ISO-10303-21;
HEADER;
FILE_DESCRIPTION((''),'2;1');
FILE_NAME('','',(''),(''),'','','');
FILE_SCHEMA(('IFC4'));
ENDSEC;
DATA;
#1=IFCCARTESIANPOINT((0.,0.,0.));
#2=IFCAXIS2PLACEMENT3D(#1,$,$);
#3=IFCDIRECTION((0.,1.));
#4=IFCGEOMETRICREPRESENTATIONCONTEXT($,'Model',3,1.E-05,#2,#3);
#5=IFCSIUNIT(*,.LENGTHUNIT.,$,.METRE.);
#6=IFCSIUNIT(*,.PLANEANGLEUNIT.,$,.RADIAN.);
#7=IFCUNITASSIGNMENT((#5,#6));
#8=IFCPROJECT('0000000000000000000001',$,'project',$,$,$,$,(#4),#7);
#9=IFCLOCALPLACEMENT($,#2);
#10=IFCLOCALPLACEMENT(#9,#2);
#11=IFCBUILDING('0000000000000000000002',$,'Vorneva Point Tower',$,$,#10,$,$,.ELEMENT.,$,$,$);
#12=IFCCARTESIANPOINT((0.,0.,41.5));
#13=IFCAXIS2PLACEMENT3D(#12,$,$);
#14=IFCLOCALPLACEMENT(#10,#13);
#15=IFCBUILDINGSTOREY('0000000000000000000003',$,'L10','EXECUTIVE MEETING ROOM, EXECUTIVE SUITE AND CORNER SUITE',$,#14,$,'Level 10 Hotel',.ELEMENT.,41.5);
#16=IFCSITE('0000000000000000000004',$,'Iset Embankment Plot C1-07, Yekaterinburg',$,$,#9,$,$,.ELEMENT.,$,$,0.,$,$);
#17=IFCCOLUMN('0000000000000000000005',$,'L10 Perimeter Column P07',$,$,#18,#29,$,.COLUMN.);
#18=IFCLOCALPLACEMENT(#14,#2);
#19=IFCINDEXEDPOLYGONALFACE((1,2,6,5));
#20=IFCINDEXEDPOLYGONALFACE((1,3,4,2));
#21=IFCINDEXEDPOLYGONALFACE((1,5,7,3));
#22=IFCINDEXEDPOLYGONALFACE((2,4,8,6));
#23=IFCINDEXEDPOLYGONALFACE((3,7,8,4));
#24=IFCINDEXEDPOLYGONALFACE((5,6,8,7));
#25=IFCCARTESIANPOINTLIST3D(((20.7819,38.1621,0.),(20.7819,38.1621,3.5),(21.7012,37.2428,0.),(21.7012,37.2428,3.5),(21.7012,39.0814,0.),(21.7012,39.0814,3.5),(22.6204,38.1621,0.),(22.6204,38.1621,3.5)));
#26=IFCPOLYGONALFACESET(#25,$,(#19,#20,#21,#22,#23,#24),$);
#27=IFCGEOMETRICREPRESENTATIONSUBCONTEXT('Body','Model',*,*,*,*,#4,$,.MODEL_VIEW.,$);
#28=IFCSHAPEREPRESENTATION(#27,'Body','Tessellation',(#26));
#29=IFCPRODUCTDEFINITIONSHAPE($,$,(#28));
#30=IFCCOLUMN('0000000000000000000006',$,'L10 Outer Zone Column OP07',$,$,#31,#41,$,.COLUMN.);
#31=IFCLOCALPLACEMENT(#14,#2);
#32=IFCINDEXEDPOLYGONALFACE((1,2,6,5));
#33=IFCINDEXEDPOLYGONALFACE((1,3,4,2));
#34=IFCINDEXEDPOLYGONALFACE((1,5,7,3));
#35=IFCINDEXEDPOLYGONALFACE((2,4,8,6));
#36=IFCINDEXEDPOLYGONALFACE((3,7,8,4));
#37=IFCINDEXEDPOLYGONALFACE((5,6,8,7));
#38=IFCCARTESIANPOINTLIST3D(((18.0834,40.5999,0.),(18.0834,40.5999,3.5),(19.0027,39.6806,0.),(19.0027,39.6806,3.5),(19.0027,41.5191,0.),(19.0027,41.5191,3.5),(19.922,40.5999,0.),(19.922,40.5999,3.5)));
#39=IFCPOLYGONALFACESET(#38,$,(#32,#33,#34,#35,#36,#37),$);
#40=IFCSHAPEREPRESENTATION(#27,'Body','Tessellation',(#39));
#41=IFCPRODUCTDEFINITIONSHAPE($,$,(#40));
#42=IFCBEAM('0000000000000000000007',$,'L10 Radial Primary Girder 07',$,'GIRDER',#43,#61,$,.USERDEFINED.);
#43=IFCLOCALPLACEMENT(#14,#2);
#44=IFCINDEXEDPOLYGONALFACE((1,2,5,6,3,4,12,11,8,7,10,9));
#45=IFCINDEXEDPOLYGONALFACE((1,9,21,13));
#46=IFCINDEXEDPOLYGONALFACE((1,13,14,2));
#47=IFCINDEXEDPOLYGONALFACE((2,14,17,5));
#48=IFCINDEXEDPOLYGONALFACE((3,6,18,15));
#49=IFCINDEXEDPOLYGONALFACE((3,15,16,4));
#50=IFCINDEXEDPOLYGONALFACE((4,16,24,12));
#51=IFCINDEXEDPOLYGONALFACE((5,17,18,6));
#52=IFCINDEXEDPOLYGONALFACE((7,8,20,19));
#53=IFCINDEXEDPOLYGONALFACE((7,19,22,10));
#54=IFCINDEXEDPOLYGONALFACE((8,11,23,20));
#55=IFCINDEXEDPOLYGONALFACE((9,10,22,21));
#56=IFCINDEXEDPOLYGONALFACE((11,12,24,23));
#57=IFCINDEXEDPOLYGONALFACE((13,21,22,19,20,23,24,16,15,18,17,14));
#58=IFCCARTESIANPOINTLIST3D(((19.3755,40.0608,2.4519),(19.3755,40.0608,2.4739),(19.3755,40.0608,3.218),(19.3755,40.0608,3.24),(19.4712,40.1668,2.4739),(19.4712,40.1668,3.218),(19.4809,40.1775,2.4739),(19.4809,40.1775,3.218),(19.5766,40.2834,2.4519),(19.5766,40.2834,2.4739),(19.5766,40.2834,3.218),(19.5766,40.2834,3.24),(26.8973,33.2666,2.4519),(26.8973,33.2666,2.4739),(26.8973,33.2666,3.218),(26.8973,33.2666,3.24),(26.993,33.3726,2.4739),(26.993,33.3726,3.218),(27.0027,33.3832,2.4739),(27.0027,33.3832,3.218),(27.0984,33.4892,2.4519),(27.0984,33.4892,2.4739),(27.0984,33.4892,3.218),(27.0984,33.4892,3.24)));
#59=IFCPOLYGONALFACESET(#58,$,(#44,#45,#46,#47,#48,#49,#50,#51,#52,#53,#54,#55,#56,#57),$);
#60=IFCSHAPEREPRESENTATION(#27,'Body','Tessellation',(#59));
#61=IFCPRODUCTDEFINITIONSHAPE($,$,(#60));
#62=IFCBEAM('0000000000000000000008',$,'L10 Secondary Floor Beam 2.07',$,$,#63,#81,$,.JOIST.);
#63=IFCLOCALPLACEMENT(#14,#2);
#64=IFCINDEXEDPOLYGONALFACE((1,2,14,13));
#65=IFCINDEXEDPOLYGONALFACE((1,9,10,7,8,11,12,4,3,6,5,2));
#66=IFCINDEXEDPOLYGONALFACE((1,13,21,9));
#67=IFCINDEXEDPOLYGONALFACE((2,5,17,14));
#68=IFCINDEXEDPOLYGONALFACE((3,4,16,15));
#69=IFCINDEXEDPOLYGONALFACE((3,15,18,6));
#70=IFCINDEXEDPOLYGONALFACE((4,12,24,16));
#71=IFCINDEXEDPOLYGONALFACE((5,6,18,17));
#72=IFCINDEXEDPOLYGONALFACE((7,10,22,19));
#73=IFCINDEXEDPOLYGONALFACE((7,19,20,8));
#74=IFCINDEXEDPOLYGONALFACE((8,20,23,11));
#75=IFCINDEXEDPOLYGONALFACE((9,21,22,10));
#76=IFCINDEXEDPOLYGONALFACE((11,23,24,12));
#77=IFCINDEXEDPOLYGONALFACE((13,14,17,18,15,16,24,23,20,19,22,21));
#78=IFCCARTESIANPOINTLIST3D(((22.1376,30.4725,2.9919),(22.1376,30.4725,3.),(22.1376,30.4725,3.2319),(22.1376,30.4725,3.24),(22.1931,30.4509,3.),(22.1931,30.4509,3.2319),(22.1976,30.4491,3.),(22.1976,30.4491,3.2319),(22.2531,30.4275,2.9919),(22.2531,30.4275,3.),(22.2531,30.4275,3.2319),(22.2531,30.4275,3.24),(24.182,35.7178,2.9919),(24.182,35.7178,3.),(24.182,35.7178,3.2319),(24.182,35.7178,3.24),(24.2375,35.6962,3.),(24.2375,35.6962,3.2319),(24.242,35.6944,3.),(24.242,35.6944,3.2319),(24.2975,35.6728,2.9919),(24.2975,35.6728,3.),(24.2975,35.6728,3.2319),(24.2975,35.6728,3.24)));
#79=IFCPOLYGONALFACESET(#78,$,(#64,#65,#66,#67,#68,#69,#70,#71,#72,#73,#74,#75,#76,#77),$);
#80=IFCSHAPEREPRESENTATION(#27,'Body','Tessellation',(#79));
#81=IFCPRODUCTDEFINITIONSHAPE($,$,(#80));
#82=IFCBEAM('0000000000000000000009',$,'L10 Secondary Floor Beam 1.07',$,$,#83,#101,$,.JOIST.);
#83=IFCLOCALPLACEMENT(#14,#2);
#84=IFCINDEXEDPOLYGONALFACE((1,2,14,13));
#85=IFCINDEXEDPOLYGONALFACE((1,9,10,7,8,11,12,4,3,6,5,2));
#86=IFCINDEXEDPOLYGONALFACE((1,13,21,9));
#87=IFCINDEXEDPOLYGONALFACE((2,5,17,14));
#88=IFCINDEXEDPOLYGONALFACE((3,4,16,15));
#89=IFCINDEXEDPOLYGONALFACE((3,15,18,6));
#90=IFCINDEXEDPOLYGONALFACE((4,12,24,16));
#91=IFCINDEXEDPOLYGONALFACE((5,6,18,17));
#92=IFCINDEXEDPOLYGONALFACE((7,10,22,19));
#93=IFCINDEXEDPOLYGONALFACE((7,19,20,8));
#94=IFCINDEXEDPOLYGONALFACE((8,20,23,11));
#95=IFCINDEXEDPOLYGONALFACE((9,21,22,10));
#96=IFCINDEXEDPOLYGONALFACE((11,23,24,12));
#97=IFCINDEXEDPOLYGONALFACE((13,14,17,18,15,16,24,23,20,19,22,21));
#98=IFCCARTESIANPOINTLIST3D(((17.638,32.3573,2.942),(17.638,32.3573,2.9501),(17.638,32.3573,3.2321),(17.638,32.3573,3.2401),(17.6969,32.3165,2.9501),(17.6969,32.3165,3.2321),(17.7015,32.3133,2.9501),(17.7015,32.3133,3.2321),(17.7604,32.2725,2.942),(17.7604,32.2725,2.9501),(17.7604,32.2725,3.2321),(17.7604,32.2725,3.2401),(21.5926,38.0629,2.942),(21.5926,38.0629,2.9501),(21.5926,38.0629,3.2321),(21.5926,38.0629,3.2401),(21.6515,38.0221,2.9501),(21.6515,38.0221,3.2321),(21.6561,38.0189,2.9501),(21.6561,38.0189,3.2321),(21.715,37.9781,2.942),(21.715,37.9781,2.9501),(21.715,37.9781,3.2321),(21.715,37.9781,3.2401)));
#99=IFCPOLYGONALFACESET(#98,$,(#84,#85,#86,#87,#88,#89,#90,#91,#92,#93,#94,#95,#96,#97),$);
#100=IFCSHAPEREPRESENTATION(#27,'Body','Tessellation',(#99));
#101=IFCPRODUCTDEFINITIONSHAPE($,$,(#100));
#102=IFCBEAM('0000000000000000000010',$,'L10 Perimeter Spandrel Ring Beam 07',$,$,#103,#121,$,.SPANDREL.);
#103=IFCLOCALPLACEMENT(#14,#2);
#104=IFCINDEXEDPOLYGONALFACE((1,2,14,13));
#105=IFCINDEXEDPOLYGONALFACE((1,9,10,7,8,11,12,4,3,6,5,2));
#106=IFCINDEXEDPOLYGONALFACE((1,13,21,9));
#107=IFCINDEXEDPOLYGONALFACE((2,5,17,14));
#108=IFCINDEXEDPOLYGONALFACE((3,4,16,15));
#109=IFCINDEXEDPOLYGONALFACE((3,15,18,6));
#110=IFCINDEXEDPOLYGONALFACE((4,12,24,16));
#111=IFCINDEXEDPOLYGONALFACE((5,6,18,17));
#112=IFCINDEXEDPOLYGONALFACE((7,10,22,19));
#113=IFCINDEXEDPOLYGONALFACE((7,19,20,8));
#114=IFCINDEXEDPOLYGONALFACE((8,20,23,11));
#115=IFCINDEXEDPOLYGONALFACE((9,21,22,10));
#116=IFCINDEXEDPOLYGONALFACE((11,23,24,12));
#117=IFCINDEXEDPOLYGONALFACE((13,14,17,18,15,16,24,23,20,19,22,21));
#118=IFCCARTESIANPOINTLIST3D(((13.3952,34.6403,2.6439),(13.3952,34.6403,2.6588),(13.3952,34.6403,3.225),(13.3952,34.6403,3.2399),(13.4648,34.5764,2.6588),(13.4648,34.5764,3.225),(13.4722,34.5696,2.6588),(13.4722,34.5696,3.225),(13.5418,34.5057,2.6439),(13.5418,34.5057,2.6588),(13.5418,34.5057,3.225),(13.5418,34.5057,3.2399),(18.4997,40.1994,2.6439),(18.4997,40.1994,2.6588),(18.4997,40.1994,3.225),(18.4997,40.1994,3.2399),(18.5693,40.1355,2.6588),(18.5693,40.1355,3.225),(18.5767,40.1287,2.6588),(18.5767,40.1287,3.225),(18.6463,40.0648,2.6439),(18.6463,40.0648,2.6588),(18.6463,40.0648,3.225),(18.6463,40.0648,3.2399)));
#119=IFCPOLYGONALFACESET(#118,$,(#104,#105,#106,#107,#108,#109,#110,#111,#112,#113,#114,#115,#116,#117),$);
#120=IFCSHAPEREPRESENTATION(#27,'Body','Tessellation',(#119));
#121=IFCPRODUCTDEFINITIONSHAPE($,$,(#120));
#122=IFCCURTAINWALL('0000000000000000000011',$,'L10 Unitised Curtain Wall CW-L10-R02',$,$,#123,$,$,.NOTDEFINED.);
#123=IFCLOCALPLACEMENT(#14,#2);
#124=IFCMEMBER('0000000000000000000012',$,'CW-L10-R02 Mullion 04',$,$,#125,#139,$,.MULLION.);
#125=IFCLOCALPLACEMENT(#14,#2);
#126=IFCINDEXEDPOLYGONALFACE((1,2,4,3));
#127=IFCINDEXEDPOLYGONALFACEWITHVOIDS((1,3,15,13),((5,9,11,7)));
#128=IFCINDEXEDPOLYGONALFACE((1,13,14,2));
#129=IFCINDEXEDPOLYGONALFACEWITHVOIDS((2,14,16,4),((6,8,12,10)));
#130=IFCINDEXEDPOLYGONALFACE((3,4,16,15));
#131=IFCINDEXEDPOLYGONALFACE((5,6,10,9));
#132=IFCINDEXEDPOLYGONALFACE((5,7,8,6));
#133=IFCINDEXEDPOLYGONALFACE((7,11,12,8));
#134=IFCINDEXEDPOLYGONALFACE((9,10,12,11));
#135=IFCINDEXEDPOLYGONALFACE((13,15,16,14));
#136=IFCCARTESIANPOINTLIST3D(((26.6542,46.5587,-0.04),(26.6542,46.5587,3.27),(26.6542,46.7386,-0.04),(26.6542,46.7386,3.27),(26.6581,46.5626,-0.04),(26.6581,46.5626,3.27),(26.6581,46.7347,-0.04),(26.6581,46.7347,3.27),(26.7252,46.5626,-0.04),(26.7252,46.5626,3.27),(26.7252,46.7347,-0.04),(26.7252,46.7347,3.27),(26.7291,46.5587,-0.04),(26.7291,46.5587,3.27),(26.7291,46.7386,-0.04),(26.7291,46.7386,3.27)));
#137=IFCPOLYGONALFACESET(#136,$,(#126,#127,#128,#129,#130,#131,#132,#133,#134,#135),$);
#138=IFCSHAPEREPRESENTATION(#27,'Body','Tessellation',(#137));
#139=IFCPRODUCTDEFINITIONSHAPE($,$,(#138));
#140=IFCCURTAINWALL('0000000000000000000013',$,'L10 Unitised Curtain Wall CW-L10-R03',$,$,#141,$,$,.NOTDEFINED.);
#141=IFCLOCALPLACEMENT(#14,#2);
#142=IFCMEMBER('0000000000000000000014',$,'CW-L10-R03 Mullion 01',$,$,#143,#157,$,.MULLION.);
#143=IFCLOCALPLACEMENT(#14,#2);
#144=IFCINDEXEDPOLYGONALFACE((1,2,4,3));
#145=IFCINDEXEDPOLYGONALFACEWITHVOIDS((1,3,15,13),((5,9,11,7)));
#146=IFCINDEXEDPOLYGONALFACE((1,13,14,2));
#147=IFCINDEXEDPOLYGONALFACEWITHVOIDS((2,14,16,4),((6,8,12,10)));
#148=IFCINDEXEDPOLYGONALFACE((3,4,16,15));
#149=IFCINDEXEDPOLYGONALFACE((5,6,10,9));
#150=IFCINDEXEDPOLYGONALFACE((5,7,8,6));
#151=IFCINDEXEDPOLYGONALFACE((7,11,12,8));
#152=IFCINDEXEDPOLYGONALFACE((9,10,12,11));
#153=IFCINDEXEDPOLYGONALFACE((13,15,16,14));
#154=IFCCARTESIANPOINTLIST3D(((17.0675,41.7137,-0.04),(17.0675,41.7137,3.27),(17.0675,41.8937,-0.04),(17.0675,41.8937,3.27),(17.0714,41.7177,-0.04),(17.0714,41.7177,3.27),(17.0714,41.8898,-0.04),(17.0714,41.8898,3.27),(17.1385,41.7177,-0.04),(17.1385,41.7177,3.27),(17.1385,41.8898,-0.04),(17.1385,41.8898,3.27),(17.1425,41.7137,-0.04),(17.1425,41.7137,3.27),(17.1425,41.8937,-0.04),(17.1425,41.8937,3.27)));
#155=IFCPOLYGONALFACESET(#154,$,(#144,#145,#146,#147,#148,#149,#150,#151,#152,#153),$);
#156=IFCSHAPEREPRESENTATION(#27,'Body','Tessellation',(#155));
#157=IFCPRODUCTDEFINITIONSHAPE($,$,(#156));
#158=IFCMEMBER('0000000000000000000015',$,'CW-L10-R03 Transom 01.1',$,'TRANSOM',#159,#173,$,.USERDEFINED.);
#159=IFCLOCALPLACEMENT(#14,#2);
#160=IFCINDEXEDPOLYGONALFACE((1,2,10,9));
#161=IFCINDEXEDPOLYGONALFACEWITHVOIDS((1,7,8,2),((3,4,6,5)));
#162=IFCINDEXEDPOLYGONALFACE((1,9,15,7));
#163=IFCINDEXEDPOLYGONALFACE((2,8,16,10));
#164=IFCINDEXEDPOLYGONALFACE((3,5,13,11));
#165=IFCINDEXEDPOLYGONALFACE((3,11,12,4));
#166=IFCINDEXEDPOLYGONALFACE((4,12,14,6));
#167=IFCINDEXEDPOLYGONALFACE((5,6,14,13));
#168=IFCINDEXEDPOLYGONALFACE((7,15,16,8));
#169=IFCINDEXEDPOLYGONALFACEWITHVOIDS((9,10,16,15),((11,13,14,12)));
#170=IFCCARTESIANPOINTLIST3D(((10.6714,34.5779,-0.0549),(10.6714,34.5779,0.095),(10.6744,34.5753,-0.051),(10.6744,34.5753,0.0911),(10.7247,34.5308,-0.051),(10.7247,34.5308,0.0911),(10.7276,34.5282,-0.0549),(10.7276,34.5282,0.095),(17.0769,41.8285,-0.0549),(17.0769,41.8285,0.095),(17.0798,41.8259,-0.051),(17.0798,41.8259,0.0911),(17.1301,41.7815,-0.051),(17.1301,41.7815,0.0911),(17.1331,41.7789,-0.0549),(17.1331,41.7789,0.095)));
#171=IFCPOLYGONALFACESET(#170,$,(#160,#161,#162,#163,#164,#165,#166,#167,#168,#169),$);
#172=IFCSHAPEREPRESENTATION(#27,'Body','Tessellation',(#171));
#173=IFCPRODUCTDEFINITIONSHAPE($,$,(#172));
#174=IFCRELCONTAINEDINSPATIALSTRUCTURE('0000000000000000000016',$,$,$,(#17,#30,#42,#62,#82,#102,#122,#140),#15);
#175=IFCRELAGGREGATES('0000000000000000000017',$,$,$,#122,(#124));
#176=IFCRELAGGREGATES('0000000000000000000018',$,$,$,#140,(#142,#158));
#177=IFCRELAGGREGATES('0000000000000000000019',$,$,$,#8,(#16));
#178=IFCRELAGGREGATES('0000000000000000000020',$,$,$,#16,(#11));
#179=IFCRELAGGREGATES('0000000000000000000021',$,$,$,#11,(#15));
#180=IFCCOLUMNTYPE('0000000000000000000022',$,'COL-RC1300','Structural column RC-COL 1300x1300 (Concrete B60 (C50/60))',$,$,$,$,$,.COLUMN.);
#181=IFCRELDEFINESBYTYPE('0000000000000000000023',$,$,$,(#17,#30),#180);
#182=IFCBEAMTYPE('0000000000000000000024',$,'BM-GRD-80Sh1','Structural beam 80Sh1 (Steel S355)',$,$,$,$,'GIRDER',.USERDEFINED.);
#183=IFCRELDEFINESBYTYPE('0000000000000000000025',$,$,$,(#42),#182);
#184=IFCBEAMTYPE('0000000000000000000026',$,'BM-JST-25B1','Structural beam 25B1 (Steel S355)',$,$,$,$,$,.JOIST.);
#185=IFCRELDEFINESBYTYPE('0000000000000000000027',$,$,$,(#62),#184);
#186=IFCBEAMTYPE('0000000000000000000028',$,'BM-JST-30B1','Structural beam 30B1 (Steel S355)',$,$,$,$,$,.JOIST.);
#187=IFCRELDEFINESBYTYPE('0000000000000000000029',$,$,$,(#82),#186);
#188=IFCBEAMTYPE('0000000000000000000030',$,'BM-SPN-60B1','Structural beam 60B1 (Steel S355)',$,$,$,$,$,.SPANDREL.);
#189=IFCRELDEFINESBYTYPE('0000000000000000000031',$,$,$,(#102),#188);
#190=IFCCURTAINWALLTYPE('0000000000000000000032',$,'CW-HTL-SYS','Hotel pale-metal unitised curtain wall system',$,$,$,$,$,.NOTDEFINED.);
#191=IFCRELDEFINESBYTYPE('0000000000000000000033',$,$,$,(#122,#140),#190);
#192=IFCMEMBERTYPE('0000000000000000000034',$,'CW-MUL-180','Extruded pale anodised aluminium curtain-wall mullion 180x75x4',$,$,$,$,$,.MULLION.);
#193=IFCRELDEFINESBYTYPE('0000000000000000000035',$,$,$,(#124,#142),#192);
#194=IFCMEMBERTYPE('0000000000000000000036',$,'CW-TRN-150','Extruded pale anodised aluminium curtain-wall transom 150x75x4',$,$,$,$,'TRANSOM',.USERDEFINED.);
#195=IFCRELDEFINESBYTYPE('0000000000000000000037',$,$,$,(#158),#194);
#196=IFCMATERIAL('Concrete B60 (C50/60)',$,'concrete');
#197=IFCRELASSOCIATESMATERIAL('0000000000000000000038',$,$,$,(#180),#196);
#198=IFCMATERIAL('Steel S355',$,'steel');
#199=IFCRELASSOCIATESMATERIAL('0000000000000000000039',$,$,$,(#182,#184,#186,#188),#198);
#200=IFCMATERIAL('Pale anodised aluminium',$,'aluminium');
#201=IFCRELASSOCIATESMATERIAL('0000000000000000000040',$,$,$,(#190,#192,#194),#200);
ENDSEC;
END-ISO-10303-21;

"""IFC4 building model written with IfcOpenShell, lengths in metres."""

from ifc_helpers import new_model, si_unit, direction, frame, origin, origin_2d, place, context, subcontext, project, spatial, rectangle, hollow_rectangle, i_section, extrude, material, material_profile, profile_set, type_object, element, aggregate, save


model = new_model("IFC4")

# Units and contexts
model_context = context("Model", 3, precision=1e-05, world=origin(), true_north=direction((0.0, 1.0)))
body_context = subcontext(model_context, "Body", "Model", "MODEL_VIEW")
ifc_project = project(units=[si_unit("LENGTHUNIT", "METRE"), si_unit("PLANEANGLEUNIT", "RADIAN")], contexts=[model_context])

# Site, building, storey
site_placement = place(None, origin())
site = spatial("IfcSite", under=ifc_project, at=site_placement, Name="Iset Embankment Plot C1-07, Yekaterinburg", CompositionType="ELEMENT", RefElevation=0.0)
building_placement = place(site_placement, origin())
building = spatial("IfcBuilding", under=site, at=building_placement, Name="Vorneva Point Tower", CompositionType="ELEMENT")
storey_placement = place(building_placement, frame((0.0, 0.0, 41.5)))
storey = spatial("IfcBuildingStorey", under=building, at=storey_placement, Name="L10", Description="EXECUTIVE MEETING ROOM, EXECUTIVE SUITE AND CORNER SUITE", LongName="Level 10 Hotel", CompositionType="ELEMENT", Elevation=41.5)

# Columns
ifc_material_1 = material(Name="Concrete B60 (C50/60)", Category="concrete")
ifc_material_profile_1 = material_profile(ifc_material_1, rectangle(XDim=1.3, YDim=1.3, at=origin_2d()), Name="RC-COL 1300x1300")
ifc_profile_set_1 = profile_set([ifc_material_profile_1], Name="Concrete B60 (C50/60)")
column_type = type_object("IfcColumnType", Name="COL-RC1300", Description="Structural column RC-COL 1300x1300 (Concrete B60 (C50/60))", PredefinedType="COLUMN", material=ifc_profile_set_1)
for number, where, z_axis, x_axis, name in (
    (1, (21.7012, 38.1621, 0.0), (0.0, 0.0, 1.0), (-0.707107, 0.707107, 0.0), "L10 Perimeter Column P07"),
    (2, (19.0027, 40.5999, 0.0), (0.0, 0.0, 1.0), (-0.707107, 0.707107, 0.0), "L10 Outer Zone Column OP07"),
):
    element("IfcColumn", number, at=place(storey_placement, frame(where, z_axis=z_axis, x_axis=x_axis)), inside=storey, type_object=column_type, Name=name, PredefinedType="COLUMN", context=body_context, shape_type="SweptSolid", body=[
        extrude(rectangle(XDim=1.3, YDim=1.3, at=origin_2d()), origin(), (0.0, 0.0, 1.0), 3.5),
    ])

# Beams
ifc_material_2 = material(Name="Steel S355", Category="steel")
ifc_material_profile_2 = material_profile(ifc_material_2, i_section(OverallWidth=0.3, OverallDepth=0.7881, WebThickness=0.0144, FlangeThickness=0.022, at=origin_2d()), Name="80Sh1")
ifc_profile_set_2 = profile_set([ifc_material_profile_2], Name="Steel S355")
beam_type_1 = type_object("IfcBeamType", Name="BM-GRD-80Sh1", Description="Structural beam 80Sh1 (Steel S355)", ElementType="GIRDER", PredefinedType="USERDEFINED", material=ifc_profile_set_2)
beam_1_placement = place(storey_placement, frame((19.4761, 40.1721, 2.8459), z_axis=(0.742084, -0.670306, 0.0), x_axis=(0.670306, 0.742084, 0.0)))
element("IfcBeam", 3, at=beam_1_placement, inside=storey, type_object=beam_type_1, Name="L10 Radial Primary Girder 07", ObjectType="GIRDER", PredefinedType="USERDEFINED", context=body_context, shape_type="SweptSolid", body=[
    extrude(i_section(OverallWidth=0.3, OverallDepth=0.7881, WebThickness=0.0144, FlangeThickness=0.022, at=origin_2d()), origin(), (0.0, 0.0, 1.0), 10.136),
])
ifc_material_profile_3 = material_profile(ifc_material_2, i_section(OverallWidth=0.124, OverallDepth=0.248, WebThickness=0.0049, FlangeThickness=0.0081, at=origin_2d()), Name="25B1")
ifc_profile_set_3 = profile_set([ifc_material_profile_3], Name="Steel S355")
beam_type_2 = type_object("IfcBeamType", Name="BM-JST-25B1", Description="Structural beam 25B1 (Steel S355)", PredefinedType="JOIST", material=ifc_profile_set_3)
beam_2_placement = place(storey_placement, frame((24.2397, 35.6953, 3.116), z_axis=(-0.363151, -0.93173, 0.0), x_axis=(0.93173, -0.363151, 0.0)))
element("IfcBeam", 4, at=beam_2_placement, inside=storey, type_object=beam_type_2, Name="L10 Secondary Floor Beam 2.07", PredefinedType="JOIST", context=body_context, shape_type="SweptSolid", body=[
    extrude(i_section(OverallWidth=0.124, OverallDepth=0.248, WebThickness=0.0049, FlangeThickness=0.0081, at=origin_2d()), origin(), (0.0, 0.0, 1.0), 5.6296),
])
ifc_material_profile_4 = material_profile(ifc_material_2, i_section(OverallWidth=0.1489, OverallDepth=0.2981, WebThickness=0.0056, FlangeThickness=0.0081, at=origin_2d()), Name="30B1")
ifc_profile_set_4 = profile_set([ifc_material_profile_4], Name="Steel S355")
beam_type_3 = type_object("IfcBeamType", Name="BM-JST-30B1", Description="Structural beam 30B1 (Steel S355)", PredefinedType="JOIST", material=ifc_profile_set_4)
beam_3_placement = place(storey_placement, frame((21.6538, 38.0205, 3.0911), z_axis=(-0.569656, -0.821883, 0.0), x_axis=(0.821883, -0.569656, 0.0)))
element("IfcBeam", 5, at=beam_3_placement, inside=storey, type_object=beam_type_3, Name="L10 Secondary Floor Beam 1.07", PredefinedType="JOIST", context=body_context, shape_type="SweptSolid", body=[
    extrude(i_section(OverallWidth=0.1489, OverallDepth=0.2981, WebThickness=0.0056, FlangeThickness=0.0081, at=origin_2d()), origin(), (0.0, 0.0, 1.0), 6.9421),
])
ifc_material_profile_5 = material_profile(ifc_material_2, i_section(OverallWidth=0.199, OverallDepth=0.5959, WebThickness=0.01, FlangeThickness=0.0149, at=origin_2d()), Name="60B1")
ifc_profile_set_5 = profile_set([ifc_material_profile_5], Name="Steel S355")
beam_type_4 = type_object("IfcBeamType", Name="BM-SPN-60B1", Description="Structural beam 60B1 (Steel S355)", PredefinedType="SPANDREL", material=ifc_profile_set_5)
beam_4_placement = place(storey_placement, frame((18.573, 40.1321, 2.9419), z_axis=(-0.676348, -0.736582, 0.0), x_axis=(0.736582, -0.676348, 0.0)))
element("IfcBeam", 6, at=beam_4_placement, inside=storey, type_object=beam_type_4, Name="L10 Perimeter Spandrel Ring Beam 07", PredefinedType="SPANDREL", context=body_context, shape_type="SweptSolid", body=[
    extrude(i_section(OverallWidth=0.199, OverallDepth=0.5959, WebThickness=0.01, FlangeThickness=0.0149, at=origin_2d()), origin(), (0.0, 0.0, 1.0), 7.5471),
])

# Curtain wall, member
ifc_material_3 = material(Name="Pale anodised aluminium", Category="aluminium")
curtain_wall_type = type_object("IfcCurtainWallType", Name="CW-HTL-SYS", Description="Hotel pale-metal unitised curtain wall system", PredefinedType="NOTDEFINED", material=ifc_material_3)
curtain_wall_1_placement = place(storey_placement, origin())
curtain_wall_1 = element("IfcCurtainWall", 7, at=curtain_wall_1_placement, inside=storey, type_object=curtain_wall_type, Name="L10 Unitised Curtain Wall CW-L10-R02", PredefinedType="NOTDEFINED")
ifc_material_profile_6 = material_profile(ifc_material_3, hollow_rectangle(XDim=0.075, YDim=0.1799, WallThickness=0.0039, at=origin_2d()), Name="AL-MUL 180x75x4")
ifc_profile_set_6 = profile_set([ifc_material_profile_6], Name="Pale anodised aluminium")
member_type_1 = type_object("IfcMemberType", Name="CW-MUL-180", Description="Extruded pale anodised aluminium curtain-wall mullion 180x75x4", PredefinedType="MULLION", material=ifc_profile_set_6)
member_1_placement = place(storey_placement, frame((26.6917, 46.6487, -0.04), z_axis=(0.0, 0.0, 1.0), x_axis=(1.0, 0.0, 0.0)))
member_1 = element("IfcMember", 8, at=member_1_placement, type_object=member_type_1, Name="CW-L10-R02 Mullion 04", PredefinedType="MULLION", context=body_context, shape_type="SweptSolid", body=[
    extrude(hollow_rectangle(XDim=0.075, YDim=0.1799, WallThickness=0.0039, at=origin_2d()), origin(), (0.0, 0.0, 1.0), 3.3101),
])
aggregate(curtain_wall_1, [member_1])

# Curtain wall, members
curtain_wall_2_placement = place(storey_placement, origin())
curtain_wall_2 = element("IfcCurtainWall", 9, at=curtain_wall_2_placement, inside=storey, type_object=curtain_wall_type, Name="L10 Unitised Curtain Wall CW-L10-R03", PredefinedType="NOTDEFINED")
member_2_placement = place(storey_placement, frame((17.105, 41.8037, -0.04), z_axis=(0.0, 0.0, 1.0), x_axis=(1.0, 0.0, 0.0)))
member_2 = element("IfcMember", 10, at=member_2_placement, type_object=member_type_1, Name="CW-L10-R03 Mullion 01", PredefinedType="MULLION", context=body_context, shape_type="SweptSolid", body=[
    extrude(hollow_rectangle(XDim=0.075, YDim=0.1799, WallThickness=0.0039, at=origin_2d()), origin(), (0.0, 0.0, 1.0), 3.3101),
])
ifc_material_profile_7 = material_profile(ifc_material_3, hollow_rectangle(XDim=0.075, YDim=0.1499, WallThickness=0.0039, at=origin_2d()), Name="AL-TRN 150x75x4")
ifc_profile_set_7 = profile_set([ifc_material_profile_7], Name="Pale anodised aluminium")
member_type_2 = type_object("IfcMemberType", Name="CW-TRN-150", Description="Extruded pale anodised aluminium curtain-wall transom 150x75x4", ElementType="TRANSOM", PredefinedType="USERDEFINED", material=ifc_profile_set_7)
member_3_placement = place(storey_placement, frame((17.105, 41.8037, 0.02), z_axis=(-0.662076, -0.749437, 0.0), x_axis=(0.749437, -0.662076, 0.0)))
member_3 = element("IfcMember", 11, at=member_3_placement, type_object=member_type_2, Name="CW-L10-R03 Transom 01.1", ObjectType="TRANSOM", PredefinedType="USERDEFINED", context=body_context, shape_type="SweptSolid", body=[
    extrude(hollow_rectangle(XDim=0.075, YDim=0.1499, WallThickness=0.0039, at=origin_2d()), origin(), (0.0, 0.0, 1.0), 9.6748),
])
aggregate(curtain_wall_2, [member_2, member_3])

save(model, "model.ifc")
